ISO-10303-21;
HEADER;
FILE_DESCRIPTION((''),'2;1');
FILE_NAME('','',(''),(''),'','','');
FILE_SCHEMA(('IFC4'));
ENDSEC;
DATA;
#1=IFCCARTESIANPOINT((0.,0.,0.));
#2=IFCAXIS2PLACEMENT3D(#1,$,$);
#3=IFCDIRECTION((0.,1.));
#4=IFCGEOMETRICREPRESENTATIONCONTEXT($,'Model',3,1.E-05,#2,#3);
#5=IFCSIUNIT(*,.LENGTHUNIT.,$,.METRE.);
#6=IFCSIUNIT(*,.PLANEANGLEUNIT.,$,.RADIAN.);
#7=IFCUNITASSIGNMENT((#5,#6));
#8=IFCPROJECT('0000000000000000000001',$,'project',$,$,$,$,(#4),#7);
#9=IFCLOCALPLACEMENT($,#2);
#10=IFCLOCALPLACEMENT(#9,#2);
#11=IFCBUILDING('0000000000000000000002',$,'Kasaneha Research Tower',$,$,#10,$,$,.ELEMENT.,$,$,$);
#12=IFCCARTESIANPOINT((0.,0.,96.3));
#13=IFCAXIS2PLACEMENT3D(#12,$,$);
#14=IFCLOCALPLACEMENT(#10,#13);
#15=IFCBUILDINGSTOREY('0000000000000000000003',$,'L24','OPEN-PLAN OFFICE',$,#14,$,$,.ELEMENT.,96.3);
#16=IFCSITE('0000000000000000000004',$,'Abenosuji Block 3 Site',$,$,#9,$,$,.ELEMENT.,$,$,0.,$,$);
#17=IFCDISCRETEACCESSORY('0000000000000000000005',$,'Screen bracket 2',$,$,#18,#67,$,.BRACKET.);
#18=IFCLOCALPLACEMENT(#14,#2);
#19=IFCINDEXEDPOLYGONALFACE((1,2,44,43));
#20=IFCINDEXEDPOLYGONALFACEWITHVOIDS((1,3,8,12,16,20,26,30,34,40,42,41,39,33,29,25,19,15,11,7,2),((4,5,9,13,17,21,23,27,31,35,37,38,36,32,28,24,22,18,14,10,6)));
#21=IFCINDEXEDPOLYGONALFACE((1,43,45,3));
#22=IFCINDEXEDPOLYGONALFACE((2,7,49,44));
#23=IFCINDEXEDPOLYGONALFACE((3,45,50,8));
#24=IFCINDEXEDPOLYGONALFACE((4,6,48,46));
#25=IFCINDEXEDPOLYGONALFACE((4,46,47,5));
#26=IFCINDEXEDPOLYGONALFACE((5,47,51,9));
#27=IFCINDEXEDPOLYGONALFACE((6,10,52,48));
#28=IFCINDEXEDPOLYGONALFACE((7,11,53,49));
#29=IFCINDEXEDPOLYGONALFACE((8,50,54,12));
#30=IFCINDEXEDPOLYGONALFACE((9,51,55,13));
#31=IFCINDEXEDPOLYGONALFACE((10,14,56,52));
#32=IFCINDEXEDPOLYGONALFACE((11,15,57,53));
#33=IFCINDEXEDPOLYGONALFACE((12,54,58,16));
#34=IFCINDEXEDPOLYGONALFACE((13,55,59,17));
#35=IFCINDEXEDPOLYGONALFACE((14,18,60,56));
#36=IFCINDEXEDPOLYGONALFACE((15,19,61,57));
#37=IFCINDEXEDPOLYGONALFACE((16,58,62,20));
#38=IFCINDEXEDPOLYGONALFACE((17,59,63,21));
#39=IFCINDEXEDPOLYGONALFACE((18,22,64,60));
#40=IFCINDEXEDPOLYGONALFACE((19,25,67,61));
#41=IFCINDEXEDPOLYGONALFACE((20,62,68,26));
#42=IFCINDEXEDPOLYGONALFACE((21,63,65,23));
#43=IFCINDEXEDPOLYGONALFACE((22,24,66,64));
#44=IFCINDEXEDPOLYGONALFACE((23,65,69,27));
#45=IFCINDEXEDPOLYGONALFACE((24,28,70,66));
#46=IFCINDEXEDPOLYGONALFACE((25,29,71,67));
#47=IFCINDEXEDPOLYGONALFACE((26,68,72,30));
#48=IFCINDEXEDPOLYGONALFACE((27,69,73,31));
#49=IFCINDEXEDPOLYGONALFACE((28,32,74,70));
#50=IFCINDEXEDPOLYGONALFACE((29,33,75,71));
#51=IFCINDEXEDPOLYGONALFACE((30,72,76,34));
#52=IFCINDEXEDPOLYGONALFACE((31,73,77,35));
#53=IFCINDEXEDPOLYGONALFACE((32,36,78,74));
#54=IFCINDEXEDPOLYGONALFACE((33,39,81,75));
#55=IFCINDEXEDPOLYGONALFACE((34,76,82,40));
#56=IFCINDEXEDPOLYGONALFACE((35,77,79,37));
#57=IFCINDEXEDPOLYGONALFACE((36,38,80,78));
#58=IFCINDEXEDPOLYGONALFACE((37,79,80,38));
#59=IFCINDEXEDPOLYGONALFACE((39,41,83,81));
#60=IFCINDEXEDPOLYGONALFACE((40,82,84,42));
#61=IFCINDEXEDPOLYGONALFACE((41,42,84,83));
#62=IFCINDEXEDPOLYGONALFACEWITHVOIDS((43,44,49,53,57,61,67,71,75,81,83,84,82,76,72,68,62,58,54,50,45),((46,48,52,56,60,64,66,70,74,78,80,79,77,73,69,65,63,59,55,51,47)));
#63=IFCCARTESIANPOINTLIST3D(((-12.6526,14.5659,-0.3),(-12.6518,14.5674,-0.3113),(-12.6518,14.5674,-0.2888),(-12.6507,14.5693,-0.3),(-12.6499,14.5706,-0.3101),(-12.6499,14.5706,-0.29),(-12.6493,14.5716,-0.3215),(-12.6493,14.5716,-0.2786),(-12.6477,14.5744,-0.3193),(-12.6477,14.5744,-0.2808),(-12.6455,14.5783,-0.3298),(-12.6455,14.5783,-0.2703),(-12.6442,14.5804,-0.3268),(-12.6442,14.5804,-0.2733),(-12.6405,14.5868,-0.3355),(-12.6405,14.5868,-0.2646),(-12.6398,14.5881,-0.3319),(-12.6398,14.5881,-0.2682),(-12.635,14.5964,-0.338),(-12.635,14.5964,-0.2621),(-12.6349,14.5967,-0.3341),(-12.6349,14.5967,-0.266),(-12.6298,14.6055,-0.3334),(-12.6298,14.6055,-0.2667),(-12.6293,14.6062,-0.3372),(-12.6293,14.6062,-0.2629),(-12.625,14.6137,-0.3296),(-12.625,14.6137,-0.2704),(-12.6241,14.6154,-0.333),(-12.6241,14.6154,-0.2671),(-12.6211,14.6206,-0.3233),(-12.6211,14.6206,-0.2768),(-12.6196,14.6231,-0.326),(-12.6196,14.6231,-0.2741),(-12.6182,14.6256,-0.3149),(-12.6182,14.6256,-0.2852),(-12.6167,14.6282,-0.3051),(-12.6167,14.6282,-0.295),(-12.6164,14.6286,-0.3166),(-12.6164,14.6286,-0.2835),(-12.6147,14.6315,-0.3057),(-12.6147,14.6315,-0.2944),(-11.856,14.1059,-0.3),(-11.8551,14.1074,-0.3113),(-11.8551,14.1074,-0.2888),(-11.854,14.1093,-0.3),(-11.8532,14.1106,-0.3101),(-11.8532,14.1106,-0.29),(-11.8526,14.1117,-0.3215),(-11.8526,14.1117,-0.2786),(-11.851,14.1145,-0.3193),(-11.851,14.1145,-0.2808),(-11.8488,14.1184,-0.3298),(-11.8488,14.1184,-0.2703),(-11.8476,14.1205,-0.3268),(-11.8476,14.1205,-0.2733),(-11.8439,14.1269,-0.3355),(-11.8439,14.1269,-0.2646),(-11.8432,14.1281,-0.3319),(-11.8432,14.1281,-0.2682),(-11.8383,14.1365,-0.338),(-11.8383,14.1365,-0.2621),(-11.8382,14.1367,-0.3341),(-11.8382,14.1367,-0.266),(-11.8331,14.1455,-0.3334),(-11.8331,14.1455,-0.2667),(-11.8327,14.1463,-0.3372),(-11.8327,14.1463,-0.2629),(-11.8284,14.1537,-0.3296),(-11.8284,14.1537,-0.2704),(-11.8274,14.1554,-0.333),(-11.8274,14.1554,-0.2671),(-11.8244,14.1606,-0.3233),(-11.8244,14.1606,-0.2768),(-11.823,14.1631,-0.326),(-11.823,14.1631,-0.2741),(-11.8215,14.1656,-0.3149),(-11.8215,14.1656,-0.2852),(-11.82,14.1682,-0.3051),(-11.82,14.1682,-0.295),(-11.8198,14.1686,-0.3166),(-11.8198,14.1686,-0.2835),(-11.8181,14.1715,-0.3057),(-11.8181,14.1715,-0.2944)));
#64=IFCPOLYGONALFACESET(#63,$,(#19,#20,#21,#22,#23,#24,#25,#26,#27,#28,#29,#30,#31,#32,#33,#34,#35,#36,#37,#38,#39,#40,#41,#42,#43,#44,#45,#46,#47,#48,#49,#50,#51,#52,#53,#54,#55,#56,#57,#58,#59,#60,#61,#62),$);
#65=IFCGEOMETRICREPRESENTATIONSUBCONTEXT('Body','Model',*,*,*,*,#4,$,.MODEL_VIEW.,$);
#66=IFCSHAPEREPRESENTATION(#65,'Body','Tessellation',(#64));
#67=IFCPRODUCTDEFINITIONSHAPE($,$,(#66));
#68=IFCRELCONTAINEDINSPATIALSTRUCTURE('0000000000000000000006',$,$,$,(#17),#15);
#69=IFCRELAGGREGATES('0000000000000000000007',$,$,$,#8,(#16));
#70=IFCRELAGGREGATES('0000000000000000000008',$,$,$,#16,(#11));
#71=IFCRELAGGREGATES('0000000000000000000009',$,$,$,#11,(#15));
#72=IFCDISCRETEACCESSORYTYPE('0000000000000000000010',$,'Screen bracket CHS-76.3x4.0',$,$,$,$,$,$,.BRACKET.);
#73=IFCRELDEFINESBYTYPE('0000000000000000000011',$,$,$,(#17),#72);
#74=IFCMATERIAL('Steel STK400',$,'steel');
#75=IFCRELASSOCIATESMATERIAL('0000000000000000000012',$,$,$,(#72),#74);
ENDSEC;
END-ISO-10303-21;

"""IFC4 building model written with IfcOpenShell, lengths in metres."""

from ifc_helpers import new_model, si_unit, direction, frame, origin, origin_2d, place, context, subcontext, project, spatial, hollow_circle, extrude, material, material_profile, profile_set, type_object, element, save


model = new_model("IFC4")

# Units and contexts
model_context = context("Model", 3, precision=1e-05, world=origin(), true_north=direction((0.0, 1.0)))
body_context = subcontext(model_context, "Body", "Model", "MODEL_VIEW")
ifc_project = project(units=[si_unit("LENGTHUNIT", "METRE"), si_unit("PLANEANGLEUNIT", "RADIAN")], contexts=[model_context])

# Site, building, storey
site_placement = place(None, origin())
site = spatial("IfcSite", under=ifc_project, at=site_placement, Name="Abenosuji Block 3 Site", CompositionType="ELEMENT", RefElevation=0.0)
building_placement = place(site_placement, origin())
building = spatial("IfcBuilding", under=site, at=building_placement, Name="Kasaneha Research Tower", CompositionType="ELEMENT")
storey_placement = place(building_placement, frame((0.0, 0.0, 96.3)))
storey = spatial("IfcBuildingStorey", under=building, at=storey_placement, Name="L24", Description="OPEN-PLAN OFFICE", CompositionType="ELEMENT", Elevation=96.3)

# Discrete accessory
ifc_material_1 = material(Name="Steel STK400", Category="steel")
ifc_material_profile_1 = material_profile(ifc_material_1, hollow_circle(Radius=0.0381, WallThickness=0.0039, at=origin_2d()), Name="CHS-76.3x4.0")
ifc_profile_set_1 = profile_set([ifc_material_profile_1], Name="Steel STK400")
discrete_accessory_type = type_object("IfcDiscreteAccessoryType", Name="Screen bracket CHS-76.3x4.0", PredefinedType="BRACKET", material=ifc_profile_set_1)
discrete_accessory_1_placement = place(storey_placement, frame((-11.8369, 14.1389, -0.3), z_axis=(-0.866013, 0.500021, 0.0), x_axis=(-0.500021, -0.866013, 0.0)))
element("IfcDiscreteAccessory", 1, at=discrete_accessory_1_placement, inside=storey, type_object=discrete_accessory_type, Name="Screen bracket 2", PredefinedType="BRACKET", context=body_context, shape_type="SweptSolid", body=[
    extrude(hollow_circle(Radius=0.0381, WallThickness=0.0039, at=origin_2d()), origin(), (0.0, 0.0, 1.0), 0.9199),
])

save(model, "model.ifc")
